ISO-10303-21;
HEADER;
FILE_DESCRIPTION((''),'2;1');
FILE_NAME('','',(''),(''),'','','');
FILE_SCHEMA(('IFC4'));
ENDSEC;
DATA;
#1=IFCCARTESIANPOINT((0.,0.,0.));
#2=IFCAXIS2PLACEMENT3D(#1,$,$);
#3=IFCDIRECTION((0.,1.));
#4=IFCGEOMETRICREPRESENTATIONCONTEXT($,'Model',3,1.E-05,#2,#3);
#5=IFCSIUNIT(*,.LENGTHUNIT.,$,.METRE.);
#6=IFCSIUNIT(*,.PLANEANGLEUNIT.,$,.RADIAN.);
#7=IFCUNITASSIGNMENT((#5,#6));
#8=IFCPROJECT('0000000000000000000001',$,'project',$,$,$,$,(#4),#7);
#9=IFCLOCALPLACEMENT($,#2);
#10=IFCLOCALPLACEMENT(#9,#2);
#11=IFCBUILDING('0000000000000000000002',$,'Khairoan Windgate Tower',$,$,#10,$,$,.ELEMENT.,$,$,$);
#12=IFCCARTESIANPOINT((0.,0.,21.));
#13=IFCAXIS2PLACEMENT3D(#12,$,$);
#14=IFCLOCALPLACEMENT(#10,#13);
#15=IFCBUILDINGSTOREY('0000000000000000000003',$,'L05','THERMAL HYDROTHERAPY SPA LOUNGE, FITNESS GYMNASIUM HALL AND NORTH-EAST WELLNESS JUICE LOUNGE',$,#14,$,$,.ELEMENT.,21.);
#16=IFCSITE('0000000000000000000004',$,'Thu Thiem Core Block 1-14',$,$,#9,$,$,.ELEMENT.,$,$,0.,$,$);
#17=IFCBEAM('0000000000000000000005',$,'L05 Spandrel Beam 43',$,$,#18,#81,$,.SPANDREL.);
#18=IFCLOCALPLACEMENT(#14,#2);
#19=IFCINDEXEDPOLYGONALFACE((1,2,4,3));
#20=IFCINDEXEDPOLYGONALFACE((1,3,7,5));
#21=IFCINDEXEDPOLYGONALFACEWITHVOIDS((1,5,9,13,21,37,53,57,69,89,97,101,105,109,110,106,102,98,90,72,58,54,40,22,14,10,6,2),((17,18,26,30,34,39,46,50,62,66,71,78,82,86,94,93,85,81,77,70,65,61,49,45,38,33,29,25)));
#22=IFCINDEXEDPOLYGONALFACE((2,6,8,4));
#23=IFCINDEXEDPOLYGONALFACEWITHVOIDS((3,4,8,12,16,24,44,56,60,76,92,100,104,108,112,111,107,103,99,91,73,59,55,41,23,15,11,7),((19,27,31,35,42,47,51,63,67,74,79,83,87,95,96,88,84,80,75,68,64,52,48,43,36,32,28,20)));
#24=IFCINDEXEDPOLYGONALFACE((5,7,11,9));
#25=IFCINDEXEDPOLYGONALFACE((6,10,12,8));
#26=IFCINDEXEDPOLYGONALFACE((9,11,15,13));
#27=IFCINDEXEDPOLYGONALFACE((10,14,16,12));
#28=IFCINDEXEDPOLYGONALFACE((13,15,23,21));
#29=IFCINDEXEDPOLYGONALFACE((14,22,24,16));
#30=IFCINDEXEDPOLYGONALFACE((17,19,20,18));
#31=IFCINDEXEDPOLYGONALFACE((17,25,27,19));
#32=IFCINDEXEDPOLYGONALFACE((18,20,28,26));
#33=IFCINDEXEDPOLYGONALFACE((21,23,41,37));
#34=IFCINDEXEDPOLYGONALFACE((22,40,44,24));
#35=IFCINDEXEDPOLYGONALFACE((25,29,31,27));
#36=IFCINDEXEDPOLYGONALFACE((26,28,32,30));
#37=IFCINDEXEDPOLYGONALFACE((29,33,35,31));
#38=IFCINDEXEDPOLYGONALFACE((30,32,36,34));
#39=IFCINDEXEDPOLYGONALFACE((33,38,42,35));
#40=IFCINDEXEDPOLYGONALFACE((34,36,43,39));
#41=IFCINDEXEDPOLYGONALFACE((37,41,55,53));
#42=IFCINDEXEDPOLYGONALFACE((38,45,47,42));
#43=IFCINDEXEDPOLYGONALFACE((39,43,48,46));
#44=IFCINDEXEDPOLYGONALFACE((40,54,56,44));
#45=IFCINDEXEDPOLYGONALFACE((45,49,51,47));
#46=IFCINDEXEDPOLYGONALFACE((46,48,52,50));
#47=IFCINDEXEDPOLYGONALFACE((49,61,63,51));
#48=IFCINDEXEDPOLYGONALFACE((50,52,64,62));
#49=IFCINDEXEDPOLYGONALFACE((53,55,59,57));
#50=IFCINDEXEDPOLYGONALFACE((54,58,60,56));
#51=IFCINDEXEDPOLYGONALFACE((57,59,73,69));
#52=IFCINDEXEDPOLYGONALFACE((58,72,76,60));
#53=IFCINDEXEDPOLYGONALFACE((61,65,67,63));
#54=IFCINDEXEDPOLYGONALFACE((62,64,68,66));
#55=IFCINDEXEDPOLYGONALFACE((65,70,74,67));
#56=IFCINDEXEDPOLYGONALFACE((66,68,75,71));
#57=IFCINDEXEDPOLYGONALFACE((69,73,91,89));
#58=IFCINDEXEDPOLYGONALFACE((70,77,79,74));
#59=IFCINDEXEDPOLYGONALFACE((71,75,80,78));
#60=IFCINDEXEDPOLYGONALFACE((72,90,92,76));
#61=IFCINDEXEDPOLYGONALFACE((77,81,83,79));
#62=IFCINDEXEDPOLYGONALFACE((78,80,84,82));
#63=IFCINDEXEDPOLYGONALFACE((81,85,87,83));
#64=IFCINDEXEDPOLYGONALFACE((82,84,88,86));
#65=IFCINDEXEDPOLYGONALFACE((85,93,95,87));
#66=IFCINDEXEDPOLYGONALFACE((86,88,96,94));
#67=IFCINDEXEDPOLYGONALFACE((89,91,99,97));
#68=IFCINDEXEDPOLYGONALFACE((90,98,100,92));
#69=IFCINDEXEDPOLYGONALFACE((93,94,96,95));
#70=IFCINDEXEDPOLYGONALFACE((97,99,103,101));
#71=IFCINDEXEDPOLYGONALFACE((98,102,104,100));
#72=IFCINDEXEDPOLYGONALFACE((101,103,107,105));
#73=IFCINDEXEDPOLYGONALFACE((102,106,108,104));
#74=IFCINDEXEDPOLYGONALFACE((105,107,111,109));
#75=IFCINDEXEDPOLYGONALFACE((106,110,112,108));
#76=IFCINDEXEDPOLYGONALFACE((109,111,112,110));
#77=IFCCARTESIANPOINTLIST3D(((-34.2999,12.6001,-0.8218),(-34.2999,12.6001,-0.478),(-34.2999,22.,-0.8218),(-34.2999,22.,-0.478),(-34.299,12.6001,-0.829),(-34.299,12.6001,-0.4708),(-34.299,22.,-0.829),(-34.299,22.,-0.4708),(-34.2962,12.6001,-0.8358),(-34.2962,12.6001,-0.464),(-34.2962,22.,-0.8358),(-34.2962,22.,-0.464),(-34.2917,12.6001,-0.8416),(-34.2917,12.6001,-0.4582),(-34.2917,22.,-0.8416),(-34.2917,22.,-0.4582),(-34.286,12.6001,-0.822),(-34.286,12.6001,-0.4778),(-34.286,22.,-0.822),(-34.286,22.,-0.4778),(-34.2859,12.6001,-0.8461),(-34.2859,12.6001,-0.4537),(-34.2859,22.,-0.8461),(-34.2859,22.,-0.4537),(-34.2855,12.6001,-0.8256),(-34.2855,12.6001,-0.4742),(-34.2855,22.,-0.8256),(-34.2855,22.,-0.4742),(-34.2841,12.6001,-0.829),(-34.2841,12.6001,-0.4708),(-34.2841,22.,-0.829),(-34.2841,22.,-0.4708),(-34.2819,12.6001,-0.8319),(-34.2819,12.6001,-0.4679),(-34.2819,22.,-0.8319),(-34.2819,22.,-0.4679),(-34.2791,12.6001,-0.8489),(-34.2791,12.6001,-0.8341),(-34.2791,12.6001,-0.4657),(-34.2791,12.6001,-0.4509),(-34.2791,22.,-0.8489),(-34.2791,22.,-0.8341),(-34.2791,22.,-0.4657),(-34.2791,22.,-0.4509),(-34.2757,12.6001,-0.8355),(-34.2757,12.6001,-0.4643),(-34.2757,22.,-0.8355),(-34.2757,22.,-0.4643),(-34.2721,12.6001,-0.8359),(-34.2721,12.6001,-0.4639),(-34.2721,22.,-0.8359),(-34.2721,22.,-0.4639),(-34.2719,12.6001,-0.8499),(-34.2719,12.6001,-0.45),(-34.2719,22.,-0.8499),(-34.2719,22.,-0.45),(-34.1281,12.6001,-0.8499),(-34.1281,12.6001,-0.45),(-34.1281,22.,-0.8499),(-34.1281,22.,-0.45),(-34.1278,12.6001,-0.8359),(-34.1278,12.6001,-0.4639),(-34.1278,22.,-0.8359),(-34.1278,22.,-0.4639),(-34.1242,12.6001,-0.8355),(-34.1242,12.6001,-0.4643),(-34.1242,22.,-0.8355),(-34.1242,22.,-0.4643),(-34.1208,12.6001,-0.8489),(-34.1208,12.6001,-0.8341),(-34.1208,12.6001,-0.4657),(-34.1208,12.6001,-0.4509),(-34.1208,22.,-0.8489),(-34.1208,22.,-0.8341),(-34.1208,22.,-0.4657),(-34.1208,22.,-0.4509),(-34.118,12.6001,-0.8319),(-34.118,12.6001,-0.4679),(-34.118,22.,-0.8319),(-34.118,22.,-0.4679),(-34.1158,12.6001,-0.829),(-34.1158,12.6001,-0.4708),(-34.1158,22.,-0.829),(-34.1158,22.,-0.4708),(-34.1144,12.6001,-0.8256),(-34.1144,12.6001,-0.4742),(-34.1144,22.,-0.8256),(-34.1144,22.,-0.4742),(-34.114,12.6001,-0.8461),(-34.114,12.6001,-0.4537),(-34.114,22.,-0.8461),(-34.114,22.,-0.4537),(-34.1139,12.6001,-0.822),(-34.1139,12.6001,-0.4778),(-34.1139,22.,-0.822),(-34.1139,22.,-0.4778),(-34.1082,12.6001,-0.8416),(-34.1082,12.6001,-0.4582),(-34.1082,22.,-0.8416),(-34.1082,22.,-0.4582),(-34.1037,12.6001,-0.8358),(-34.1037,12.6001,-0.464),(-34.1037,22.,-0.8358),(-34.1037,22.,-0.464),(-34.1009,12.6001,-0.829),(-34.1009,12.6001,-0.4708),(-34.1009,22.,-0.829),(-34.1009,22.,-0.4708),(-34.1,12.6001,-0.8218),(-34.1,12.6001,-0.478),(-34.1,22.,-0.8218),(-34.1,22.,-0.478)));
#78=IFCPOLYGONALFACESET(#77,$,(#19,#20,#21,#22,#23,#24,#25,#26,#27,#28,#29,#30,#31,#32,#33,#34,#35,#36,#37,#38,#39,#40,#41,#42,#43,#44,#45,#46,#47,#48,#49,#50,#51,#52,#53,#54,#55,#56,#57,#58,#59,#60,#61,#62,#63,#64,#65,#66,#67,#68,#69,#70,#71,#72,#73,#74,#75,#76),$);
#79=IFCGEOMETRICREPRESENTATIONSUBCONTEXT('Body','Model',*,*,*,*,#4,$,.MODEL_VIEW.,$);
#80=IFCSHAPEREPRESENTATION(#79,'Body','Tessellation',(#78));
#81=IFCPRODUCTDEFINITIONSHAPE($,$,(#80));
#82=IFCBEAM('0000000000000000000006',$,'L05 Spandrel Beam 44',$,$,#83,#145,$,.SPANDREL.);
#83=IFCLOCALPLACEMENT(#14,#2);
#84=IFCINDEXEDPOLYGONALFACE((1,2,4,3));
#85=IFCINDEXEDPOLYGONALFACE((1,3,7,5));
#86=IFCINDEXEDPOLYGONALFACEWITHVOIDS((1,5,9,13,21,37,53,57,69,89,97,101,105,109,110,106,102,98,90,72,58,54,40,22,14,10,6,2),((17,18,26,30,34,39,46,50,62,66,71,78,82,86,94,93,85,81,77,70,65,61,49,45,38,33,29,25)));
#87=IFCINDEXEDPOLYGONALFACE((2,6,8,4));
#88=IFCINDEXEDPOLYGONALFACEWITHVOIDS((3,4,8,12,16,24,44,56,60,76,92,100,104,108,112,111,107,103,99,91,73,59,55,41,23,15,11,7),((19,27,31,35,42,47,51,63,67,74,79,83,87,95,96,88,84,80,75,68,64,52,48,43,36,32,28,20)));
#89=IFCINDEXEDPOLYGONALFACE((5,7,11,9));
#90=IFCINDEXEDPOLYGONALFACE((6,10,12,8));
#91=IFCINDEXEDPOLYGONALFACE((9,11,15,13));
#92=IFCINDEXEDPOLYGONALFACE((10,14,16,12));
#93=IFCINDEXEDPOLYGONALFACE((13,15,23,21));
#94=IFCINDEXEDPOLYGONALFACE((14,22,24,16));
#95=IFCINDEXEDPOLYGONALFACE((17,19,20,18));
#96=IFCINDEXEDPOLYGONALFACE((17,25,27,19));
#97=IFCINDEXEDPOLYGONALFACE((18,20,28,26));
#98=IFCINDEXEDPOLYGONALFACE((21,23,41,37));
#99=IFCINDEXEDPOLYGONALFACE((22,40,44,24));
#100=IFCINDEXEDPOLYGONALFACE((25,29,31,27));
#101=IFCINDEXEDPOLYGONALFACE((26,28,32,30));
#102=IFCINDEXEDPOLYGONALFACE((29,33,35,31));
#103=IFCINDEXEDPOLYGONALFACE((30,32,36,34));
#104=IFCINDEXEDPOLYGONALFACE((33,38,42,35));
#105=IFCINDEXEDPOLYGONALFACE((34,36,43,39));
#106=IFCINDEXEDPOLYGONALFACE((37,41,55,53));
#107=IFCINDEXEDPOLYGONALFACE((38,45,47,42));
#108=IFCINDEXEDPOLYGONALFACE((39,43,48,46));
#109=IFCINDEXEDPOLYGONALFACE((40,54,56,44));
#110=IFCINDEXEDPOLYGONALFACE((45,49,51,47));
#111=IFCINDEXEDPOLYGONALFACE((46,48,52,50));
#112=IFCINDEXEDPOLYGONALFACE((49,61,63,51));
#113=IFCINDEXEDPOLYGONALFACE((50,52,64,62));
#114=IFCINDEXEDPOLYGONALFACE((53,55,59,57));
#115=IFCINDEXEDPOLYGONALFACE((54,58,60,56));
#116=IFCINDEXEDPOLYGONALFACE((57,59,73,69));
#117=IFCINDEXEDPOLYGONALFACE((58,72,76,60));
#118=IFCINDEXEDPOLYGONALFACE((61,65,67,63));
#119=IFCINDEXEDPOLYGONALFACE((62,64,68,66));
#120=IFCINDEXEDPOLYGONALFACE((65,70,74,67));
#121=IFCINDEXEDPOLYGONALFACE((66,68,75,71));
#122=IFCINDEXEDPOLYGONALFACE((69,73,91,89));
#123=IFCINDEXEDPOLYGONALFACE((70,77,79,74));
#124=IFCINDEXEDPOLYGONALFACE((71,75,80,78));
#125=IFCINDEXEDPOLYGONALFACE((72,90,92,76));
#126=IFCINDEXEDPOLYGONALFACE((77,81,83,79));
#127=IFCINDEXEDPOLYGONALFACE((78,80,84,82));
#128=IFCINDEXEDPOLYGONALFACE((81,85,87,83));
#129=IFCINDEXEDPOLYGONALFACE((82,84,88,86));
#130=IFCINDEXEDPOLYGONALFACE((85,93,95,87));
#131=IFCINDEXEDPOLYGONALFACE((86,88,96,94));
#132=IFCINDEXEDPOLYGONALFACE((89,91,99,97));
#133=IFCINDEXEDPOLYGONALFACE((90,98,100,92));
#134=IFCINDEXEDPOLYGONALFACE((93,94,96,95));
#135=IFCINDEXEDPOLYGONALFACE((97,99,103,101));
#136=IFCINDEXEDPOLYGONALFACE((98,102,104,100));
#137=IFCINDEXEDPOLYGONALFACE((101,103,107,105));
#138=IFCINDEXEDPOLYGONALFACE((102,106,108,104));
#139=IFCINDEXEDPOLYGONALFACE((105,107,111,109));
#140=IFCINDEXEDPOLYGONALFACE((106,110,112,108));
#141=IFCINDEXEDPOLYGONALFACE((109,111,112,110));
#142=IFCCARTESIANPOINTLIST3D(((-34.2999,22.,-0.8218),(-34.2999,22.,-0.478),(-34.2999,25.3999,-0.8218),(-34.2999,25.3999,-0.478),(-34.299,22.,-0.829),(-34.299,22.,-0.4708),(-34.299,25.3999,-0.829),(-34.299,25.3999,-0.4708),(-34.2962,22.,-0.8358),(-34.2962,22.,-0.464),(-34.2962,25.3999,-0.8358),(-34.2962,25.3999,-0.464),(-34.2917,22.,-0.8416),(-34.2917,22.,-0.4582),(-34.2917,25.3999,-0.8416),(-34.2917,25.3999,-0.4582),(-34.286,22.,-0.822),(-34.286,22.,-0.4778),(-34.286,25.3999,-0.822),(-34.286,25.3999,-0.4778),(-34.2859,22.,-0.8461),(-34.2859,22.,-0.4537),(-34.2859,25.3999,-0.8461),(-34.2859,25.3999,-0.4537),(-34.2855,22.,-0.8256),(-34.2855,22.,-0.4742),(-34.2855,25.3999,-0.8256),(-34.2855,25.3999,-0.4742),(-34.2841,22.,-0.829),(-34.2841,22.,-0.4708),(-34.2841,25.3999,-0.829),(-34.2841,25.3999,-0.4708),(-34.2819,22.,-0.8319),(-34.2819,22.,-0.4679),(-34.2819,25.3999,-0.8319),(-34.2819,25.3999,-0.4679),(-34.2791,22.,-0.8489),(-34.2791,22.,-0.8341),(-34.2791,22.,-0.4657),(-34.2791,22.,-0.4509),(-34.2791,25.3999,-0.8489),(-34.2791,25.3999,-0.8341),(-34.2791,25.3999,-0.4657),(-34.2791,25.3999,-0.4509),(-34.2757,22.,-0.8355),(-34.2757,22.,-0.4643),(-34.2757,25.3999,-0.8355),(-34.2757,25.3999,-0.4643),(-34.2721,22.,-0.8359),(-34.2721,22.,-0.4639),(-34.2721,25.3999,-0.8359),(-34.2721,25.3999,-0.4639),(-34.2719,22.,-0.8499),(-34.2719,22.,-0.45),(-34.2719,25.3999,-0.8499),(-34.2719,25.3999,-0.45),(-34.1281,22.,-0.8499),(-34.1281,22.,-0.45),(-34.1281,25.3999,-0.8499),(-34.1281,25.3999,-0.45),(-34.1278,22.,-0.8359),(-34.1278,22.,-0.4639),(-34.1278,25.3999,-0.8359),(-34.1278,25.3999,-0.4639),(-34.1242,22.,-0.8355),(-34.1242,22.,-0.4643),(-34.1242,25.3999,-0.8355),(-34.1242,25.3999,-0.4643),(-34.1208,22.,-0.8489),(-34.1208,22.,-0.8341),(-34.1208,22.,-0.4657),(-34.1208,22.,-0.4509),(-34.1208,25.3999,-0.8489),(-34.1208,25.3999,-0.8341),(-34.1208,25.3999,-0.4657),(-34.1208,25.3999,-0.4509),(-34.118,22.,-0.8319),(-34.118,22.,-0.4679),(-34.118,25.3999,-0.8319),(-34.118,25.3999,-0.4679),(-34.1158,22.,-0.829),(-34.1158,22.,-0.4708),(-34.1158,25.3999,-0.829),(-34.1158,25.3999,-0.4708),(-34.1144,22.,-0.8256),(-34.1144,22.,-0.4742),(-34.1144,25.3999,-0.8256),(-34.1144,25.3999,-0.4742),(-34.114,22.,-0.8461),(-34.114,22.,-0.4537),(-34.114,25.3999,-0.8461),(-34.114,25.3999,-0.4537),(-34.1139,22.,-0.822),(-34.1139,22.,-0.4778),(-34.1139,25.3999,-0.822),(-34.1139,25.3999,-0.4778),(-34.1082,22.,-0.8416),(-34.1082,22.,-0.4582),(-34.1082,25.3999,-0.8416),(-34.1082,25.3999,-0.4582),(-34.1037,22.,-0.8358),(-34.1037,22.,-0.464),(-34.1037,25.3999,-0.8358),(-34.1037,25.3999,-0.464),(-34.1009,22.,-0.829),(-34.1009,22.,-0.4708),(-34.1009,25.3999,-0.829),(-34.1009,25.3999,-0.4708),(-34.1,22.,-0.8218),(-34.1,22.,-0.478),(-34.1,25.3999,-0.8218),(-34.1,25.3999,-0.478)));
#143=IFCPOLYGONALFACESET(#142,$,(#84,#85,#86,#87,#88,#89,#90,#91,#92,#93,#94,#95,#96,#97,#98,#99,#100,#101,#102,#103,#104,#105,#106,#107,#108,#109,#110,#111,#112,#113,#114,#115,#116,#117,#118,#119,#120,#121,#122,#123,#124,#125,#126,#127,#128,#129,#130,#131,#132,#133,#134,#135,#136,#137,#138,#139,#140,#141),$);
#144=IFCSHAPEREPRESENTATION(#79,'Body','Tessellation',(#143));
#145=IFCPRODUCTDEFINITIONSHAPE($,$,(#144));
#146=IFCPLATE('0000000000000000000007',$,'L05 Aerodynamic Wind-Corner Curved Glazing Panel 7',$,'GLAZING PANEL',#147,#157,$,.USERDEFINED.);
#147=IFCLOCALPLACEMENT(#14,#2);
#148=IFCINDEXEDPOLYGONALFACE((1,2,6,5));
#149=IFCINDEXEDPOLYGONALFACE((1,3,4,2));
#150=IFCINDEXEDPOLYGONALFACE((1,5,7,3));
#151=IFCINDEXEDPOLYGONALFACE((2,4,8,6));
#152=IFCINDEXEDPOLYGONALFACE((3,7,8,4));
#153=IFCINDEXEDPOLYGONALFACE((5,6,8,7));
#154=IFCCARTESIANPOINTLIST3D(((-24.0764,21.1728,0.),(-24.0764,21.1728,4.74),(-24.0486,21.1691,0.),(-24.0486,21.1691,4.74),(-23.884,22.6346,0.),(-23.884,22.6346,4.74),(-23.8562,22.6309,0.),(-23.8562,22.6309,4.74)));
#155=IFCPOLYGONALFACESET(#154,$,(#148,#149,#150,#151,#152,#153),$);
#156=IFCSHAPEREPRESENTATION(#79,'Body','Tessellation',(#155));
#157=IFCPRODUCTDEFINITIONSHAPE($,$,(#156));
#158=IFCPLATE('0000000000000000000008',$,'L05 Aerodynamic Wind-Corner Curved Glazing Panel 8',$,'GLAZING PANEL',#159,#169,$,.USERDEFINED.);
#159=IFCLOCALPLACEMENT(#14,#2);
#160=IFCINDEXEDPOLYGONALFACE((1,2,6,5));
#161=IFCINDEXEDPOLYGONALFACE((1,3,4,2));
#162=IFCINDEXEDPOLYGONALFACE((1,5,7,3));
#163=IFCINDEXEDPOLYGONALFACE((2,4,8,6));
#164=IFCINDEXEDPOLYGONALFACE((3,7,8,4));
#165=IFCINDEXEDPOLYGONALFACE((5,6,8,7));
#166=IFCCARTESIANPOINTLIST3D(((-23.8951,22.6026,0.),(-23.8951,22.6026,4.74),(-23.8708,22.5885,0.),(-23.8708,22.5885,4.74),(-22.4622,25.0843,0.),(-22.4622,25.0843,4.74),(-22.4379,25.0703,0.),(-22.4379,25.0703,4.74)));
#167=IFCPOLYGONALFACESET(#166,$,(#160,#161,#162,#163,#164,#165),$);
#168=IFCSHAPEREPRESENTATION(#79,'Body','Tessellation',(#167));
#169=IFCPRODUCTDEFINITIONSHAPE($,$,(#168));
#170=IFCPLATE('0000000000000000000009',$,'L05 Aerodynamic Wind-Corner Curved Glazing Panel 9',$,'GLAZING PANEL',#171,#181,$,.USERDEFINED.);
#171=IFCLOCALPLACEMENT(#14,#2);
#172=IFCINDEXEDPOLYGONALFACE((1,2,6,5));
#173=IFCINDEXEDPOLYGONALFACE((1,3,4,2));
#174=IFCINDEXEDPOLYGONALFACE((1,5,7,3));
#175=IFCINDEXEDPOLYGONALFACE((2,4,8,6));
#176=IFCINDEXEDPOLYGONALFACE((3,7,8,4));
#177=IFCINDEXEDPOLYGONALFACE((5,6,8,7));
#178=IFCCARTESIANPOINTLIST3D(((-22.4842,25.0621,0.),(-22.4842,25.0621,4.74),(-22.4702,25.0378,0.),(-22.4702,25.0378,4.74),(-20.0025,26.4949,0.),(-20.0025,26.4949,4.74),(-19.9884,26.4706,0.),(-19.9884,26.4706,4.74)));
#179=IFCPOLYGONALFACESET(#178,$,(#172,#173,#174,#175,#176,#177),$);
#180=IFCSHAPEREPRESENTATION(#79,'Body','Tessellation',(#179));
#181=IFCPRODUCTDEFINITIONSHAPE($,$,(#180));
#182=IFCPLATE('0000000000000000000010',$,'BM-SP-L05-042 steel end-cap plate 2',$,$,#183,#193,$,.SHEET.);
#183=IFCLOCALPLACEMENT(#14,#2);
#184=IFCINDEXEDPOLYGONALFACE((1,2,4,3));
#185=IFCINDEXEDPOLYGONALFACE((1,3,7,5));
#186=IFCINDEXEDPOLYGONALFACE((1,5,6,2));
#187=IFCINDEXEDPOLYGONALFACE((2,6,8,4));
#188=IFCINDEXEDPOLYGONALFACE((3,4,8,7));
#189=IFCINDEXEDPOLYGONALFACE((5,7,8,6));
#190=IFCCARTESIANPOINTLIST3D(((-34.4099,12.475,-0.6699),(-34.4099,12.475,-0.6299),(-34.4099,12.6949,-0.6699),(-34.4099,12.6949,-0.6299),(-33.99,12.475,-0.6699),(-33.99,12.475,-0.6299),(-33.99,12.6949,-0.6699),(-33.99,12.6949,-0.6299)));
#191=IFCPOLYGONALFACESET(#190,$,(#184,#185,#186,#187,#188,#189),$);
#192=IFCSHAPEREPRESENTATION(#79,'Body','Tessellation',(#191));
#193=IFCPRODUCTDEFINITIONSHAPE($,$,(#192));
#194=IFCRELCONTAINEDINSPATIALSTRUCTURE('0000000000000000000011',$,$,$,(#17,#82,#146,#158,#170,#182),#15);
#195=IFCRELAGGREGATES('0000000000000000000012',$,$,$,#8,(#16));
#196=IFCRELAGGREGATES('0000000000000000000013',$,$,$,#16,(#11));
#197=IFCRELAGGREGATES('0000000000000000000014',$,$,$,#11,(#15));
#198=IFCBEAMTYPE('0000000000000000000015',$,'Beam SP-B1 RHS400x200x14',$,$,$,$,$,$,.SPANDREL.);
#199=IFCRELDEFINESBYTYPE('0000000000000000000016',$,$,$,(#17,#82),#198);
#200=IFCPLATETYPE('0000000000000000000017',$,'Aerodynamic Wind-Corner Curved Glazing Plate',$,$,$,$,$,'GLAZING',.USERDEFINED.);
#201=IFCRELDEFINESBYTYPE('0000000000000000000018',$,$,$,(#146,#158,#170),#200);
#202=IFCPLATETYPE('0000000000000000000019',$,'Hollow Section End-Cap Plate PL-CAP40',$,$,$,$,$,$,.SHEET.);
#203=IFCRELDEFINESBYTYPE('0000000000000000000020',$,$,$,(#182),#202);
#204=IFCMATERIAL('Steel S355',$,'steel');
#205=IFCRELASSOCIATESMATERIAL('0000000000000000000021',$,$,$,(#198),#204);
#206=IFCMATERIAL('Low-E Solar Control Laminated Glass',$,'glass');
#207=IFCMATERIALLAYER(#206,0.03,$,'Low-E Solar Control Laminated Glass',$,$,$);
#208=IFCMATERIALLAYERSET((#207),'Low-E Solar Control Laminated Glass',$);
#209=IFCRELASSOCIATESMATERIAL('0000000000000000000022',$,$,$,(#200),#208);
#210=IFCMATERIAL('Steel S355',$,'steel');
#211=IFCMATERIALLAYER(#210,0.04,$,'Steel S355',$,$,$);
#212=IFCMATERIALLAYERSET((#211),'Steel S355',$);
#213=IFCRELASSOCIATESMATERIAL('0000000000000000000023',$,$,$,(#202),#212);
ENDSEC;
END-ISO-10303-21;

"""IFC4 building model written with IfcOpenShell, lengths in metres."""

from ifc_helpers import new_model, si_unit, direction, frame, origin, origin_2d, place, context, subcontext, project, spatial, rectangle, hollow_rectangle, extrude, material, layer, layer_set, material_profile, profile_set, type_object, element, save


model = new_model("IFC4")

# Units and contexts
model_context = context("Model", 3, precision=1e-05, world=origin(), true_north=direction((0.0, 1.0)))
body_context = subcontext(model_context, "Body", "Model", "MODEL_VIEW")
ifc_project = project(units=[si_unit("LENGTHUNIT", "METRE"), si_unit("PLANEANGLEUNIT", "RADIAN")], contexts=[model_context])

# Site, building, storey
site_placement = place(None, origin())
site = spatial("IfcSite", under=ifc_project, at=site_placement, Name="Thu Thiem Core Block 1-14", CompositionType="ELEMENT", RefElevation=0.0)
building_placement = place(site_placement, origin())
building = spatial("IfcBuilding", under=site, at=building_placement, Name="Khairoan Windgate Tower", CompositionType="ELEMENT")
storey_placement = place(building_placement, frame((0.0, 0.0, 21.0)))
storey = spatial("IfcBuildingStorey", under=building, at=storey_placement, Name="L05", Description="THERMAL HYDROTHERAPY SPA LOUNGE, FITNESS GYMNASIUM HALL AND NORTH-EAST WELLNESS JUICE LOUNGE", CompositionType="ELEMENT", Elevation=21.0)

# Beams
ifc_material_1 = material(Name="Steel S355", Category="steel")
ifc_material_profile_1 = material_profile(ifc_material_1, hollow_rectangle(XDim=0.2, YDim=0.3999, WallThickness=0.0139, InnerFilletRadius=0.0139, OuterFilletRadius=0.0281, at=origin_2d()))
ifc_profile_set_1 = profile_set([ifc_material_profile_1], Name="Steel S355")
beam_type_1 = type_object("IfcBeamType", Name="Beam SP-B1 RHS400x200x14", PredefinedType="SPANDREL", material=ifc_profile_set_1)
beam_1_placement = place(storey_placement, frame((-34.2, 12.6001, -0.6499), z_axis=(0.0, 1.0, 0.0), x_axis=(-1.0, 0.0, 0.0)))
element("IfcBeam", 1, at=beam_1_placement, inside=storey, type_object=beam_type_1, Name="L05 Spandrel Beam 43", PredefinedType="SPANDREL", context=body_context, shape_type="SweptSolid", body=[
    extrude(hollow_rectangle(XDim=0.2, YDim=0.3999, WallThickness=0.0139, InnerFilletRadius=0.0139, OuterFilletRadius=0.0281, at=origin_2d()), origin(), (0.0, 0.0, 1.0), 9.3999),
])
beam_2_placement = place(storey_placement, frame((-34.2, 22.0, -0.6499), z_axis=(0.0, 1.0, 0.0), x_axis=(-1.0, 0.0, 0.0)))
element("IfcBeam", 2, at=beam_2_placement, inside=storey, type_object=beam_type_1, Name="L05 Spandrel Beam 44", PredefinedType="SPANDREL", context=body_context, shape_type="SweptSolid", body=[
    extrude(hollow_rectangle(XDim=0.2, YDim=0.3999, WallThickness=0.0139, InnerFilletRadius=0.0139, OuterFilletRadius=0.0281, at=origin_2d()), origin(), (0.0, 0.0, 1.0), 3.3999),
])

# Plates
ifc_material_2 = material(Name="Low-E Solar Control Laminated Glass", Category="glass")
ifc_layer_1 = layer(ifc_material_2, 0.03, Name="Low-E Solar Control Laminated Glass")
ifc_layer_set_1 = layer_set([ifc_layer_1], Name="Low-E Solar Control Laminated Glass")
plate_type_1 = type_object("IfcPlateType", Name="Aerodynamic Wind-Corner Curved Glazing Plate", ElementType="GLAZING", PredefinedType="USERDEFINED", material=ifc_layer_set_1)
plate_placement = place(storey_placement, frame((-23.9663, 21.9019, 0.0), z_axis=(0.0, 0.0, 1.0), x_axis=(0.130526, 0.991445, 0.0)))
element("IfcPlate", 3, at=plate_placement, inside=storey, type_object=plate_type_1, Name="L05 Aerodynamic Wind-Corner Curved Glazing Panel 7", ObjectType="GLAZING PANEL", PredefinedType="USERDEFINED", context=body_context, shape_type="SweptSolid", body=[
    extrude(rectangle(XDim=1.4744, YDim=0.0281, at=origin_2d()), origin(), (0.0, 0.0, 1.0), 4.74),
])
for number, where, z_axis, x_axis, name in (
    (4, (-23.1665, 23.8364, 0.0), (0.0, 0.0, 1.0), (0.5, 0.866025, 0.0), "L05 Aerodynamic Wind-Corner Curved Glazing Panel 8"),
    (5, (-21.2363, 25.7664, 0.0), (0.0, 0.0, 1.0), (0.866025, 0.5, 0.0), "L05 Aerodynamic Wind-Corner Curved Glazing Panel 9"),
):
    element("IfcPlate", number, at=place(storey_placement, frame(where, z_axis=z_axis, x_axis=x_axis)), inside=storey, type_object=plate_type_1, Name=name, ObjectType="GLAZING PANEL", PredefinedType="USERDEFINED", context=body_context, shape_type="SweptSolid", body=[
        extrude(rectangle(XDim=2.8657, YDim=0.0281, at=origin_2d()), origin(), (0.0, 0.0, 1.0), 4.74),
    ])
ifc_material_3 = material(Name="Steel S355", Category="steel")
ifc_layer_2 = layer(ifc_material_3, 0.04, Name="Steel S355")
ifc_layer_set_2 = layer_set([ifc_layer_2], Name="Steel S355")
plate_type_2 = type_object("IfcPlateType", Name="Hollow Section End-Cap Plate PL-CAP40", PredefinedType="SHEET", material=ifc_layer_set_2)
for number, where, z_axis, x_axis, name in (
    (6, (-34.2, 12.585, -0.6699), (0.0, 0.0, 1.0), (0.0, 1.0, 0.0), "BM-SP-L05-042 steel end-cap plate 2"),
):
    element("IfcPlate", number, at=place(storey_placement, frame(where, z_axis=z_axis, x_axis=x_axis)), inside=storey, type_object=plate_type_2, Name=name, PredefinedType="SHEET", context=body_context, shape_type="SweptSolid", body=[
        extrude(rectangle(XDim=0.22, YDim=0.4199, at=origin_2d()), origin(), (0.0, 0.0, 1.0), 0.04),
    ])

save(model, "model.ifc")
